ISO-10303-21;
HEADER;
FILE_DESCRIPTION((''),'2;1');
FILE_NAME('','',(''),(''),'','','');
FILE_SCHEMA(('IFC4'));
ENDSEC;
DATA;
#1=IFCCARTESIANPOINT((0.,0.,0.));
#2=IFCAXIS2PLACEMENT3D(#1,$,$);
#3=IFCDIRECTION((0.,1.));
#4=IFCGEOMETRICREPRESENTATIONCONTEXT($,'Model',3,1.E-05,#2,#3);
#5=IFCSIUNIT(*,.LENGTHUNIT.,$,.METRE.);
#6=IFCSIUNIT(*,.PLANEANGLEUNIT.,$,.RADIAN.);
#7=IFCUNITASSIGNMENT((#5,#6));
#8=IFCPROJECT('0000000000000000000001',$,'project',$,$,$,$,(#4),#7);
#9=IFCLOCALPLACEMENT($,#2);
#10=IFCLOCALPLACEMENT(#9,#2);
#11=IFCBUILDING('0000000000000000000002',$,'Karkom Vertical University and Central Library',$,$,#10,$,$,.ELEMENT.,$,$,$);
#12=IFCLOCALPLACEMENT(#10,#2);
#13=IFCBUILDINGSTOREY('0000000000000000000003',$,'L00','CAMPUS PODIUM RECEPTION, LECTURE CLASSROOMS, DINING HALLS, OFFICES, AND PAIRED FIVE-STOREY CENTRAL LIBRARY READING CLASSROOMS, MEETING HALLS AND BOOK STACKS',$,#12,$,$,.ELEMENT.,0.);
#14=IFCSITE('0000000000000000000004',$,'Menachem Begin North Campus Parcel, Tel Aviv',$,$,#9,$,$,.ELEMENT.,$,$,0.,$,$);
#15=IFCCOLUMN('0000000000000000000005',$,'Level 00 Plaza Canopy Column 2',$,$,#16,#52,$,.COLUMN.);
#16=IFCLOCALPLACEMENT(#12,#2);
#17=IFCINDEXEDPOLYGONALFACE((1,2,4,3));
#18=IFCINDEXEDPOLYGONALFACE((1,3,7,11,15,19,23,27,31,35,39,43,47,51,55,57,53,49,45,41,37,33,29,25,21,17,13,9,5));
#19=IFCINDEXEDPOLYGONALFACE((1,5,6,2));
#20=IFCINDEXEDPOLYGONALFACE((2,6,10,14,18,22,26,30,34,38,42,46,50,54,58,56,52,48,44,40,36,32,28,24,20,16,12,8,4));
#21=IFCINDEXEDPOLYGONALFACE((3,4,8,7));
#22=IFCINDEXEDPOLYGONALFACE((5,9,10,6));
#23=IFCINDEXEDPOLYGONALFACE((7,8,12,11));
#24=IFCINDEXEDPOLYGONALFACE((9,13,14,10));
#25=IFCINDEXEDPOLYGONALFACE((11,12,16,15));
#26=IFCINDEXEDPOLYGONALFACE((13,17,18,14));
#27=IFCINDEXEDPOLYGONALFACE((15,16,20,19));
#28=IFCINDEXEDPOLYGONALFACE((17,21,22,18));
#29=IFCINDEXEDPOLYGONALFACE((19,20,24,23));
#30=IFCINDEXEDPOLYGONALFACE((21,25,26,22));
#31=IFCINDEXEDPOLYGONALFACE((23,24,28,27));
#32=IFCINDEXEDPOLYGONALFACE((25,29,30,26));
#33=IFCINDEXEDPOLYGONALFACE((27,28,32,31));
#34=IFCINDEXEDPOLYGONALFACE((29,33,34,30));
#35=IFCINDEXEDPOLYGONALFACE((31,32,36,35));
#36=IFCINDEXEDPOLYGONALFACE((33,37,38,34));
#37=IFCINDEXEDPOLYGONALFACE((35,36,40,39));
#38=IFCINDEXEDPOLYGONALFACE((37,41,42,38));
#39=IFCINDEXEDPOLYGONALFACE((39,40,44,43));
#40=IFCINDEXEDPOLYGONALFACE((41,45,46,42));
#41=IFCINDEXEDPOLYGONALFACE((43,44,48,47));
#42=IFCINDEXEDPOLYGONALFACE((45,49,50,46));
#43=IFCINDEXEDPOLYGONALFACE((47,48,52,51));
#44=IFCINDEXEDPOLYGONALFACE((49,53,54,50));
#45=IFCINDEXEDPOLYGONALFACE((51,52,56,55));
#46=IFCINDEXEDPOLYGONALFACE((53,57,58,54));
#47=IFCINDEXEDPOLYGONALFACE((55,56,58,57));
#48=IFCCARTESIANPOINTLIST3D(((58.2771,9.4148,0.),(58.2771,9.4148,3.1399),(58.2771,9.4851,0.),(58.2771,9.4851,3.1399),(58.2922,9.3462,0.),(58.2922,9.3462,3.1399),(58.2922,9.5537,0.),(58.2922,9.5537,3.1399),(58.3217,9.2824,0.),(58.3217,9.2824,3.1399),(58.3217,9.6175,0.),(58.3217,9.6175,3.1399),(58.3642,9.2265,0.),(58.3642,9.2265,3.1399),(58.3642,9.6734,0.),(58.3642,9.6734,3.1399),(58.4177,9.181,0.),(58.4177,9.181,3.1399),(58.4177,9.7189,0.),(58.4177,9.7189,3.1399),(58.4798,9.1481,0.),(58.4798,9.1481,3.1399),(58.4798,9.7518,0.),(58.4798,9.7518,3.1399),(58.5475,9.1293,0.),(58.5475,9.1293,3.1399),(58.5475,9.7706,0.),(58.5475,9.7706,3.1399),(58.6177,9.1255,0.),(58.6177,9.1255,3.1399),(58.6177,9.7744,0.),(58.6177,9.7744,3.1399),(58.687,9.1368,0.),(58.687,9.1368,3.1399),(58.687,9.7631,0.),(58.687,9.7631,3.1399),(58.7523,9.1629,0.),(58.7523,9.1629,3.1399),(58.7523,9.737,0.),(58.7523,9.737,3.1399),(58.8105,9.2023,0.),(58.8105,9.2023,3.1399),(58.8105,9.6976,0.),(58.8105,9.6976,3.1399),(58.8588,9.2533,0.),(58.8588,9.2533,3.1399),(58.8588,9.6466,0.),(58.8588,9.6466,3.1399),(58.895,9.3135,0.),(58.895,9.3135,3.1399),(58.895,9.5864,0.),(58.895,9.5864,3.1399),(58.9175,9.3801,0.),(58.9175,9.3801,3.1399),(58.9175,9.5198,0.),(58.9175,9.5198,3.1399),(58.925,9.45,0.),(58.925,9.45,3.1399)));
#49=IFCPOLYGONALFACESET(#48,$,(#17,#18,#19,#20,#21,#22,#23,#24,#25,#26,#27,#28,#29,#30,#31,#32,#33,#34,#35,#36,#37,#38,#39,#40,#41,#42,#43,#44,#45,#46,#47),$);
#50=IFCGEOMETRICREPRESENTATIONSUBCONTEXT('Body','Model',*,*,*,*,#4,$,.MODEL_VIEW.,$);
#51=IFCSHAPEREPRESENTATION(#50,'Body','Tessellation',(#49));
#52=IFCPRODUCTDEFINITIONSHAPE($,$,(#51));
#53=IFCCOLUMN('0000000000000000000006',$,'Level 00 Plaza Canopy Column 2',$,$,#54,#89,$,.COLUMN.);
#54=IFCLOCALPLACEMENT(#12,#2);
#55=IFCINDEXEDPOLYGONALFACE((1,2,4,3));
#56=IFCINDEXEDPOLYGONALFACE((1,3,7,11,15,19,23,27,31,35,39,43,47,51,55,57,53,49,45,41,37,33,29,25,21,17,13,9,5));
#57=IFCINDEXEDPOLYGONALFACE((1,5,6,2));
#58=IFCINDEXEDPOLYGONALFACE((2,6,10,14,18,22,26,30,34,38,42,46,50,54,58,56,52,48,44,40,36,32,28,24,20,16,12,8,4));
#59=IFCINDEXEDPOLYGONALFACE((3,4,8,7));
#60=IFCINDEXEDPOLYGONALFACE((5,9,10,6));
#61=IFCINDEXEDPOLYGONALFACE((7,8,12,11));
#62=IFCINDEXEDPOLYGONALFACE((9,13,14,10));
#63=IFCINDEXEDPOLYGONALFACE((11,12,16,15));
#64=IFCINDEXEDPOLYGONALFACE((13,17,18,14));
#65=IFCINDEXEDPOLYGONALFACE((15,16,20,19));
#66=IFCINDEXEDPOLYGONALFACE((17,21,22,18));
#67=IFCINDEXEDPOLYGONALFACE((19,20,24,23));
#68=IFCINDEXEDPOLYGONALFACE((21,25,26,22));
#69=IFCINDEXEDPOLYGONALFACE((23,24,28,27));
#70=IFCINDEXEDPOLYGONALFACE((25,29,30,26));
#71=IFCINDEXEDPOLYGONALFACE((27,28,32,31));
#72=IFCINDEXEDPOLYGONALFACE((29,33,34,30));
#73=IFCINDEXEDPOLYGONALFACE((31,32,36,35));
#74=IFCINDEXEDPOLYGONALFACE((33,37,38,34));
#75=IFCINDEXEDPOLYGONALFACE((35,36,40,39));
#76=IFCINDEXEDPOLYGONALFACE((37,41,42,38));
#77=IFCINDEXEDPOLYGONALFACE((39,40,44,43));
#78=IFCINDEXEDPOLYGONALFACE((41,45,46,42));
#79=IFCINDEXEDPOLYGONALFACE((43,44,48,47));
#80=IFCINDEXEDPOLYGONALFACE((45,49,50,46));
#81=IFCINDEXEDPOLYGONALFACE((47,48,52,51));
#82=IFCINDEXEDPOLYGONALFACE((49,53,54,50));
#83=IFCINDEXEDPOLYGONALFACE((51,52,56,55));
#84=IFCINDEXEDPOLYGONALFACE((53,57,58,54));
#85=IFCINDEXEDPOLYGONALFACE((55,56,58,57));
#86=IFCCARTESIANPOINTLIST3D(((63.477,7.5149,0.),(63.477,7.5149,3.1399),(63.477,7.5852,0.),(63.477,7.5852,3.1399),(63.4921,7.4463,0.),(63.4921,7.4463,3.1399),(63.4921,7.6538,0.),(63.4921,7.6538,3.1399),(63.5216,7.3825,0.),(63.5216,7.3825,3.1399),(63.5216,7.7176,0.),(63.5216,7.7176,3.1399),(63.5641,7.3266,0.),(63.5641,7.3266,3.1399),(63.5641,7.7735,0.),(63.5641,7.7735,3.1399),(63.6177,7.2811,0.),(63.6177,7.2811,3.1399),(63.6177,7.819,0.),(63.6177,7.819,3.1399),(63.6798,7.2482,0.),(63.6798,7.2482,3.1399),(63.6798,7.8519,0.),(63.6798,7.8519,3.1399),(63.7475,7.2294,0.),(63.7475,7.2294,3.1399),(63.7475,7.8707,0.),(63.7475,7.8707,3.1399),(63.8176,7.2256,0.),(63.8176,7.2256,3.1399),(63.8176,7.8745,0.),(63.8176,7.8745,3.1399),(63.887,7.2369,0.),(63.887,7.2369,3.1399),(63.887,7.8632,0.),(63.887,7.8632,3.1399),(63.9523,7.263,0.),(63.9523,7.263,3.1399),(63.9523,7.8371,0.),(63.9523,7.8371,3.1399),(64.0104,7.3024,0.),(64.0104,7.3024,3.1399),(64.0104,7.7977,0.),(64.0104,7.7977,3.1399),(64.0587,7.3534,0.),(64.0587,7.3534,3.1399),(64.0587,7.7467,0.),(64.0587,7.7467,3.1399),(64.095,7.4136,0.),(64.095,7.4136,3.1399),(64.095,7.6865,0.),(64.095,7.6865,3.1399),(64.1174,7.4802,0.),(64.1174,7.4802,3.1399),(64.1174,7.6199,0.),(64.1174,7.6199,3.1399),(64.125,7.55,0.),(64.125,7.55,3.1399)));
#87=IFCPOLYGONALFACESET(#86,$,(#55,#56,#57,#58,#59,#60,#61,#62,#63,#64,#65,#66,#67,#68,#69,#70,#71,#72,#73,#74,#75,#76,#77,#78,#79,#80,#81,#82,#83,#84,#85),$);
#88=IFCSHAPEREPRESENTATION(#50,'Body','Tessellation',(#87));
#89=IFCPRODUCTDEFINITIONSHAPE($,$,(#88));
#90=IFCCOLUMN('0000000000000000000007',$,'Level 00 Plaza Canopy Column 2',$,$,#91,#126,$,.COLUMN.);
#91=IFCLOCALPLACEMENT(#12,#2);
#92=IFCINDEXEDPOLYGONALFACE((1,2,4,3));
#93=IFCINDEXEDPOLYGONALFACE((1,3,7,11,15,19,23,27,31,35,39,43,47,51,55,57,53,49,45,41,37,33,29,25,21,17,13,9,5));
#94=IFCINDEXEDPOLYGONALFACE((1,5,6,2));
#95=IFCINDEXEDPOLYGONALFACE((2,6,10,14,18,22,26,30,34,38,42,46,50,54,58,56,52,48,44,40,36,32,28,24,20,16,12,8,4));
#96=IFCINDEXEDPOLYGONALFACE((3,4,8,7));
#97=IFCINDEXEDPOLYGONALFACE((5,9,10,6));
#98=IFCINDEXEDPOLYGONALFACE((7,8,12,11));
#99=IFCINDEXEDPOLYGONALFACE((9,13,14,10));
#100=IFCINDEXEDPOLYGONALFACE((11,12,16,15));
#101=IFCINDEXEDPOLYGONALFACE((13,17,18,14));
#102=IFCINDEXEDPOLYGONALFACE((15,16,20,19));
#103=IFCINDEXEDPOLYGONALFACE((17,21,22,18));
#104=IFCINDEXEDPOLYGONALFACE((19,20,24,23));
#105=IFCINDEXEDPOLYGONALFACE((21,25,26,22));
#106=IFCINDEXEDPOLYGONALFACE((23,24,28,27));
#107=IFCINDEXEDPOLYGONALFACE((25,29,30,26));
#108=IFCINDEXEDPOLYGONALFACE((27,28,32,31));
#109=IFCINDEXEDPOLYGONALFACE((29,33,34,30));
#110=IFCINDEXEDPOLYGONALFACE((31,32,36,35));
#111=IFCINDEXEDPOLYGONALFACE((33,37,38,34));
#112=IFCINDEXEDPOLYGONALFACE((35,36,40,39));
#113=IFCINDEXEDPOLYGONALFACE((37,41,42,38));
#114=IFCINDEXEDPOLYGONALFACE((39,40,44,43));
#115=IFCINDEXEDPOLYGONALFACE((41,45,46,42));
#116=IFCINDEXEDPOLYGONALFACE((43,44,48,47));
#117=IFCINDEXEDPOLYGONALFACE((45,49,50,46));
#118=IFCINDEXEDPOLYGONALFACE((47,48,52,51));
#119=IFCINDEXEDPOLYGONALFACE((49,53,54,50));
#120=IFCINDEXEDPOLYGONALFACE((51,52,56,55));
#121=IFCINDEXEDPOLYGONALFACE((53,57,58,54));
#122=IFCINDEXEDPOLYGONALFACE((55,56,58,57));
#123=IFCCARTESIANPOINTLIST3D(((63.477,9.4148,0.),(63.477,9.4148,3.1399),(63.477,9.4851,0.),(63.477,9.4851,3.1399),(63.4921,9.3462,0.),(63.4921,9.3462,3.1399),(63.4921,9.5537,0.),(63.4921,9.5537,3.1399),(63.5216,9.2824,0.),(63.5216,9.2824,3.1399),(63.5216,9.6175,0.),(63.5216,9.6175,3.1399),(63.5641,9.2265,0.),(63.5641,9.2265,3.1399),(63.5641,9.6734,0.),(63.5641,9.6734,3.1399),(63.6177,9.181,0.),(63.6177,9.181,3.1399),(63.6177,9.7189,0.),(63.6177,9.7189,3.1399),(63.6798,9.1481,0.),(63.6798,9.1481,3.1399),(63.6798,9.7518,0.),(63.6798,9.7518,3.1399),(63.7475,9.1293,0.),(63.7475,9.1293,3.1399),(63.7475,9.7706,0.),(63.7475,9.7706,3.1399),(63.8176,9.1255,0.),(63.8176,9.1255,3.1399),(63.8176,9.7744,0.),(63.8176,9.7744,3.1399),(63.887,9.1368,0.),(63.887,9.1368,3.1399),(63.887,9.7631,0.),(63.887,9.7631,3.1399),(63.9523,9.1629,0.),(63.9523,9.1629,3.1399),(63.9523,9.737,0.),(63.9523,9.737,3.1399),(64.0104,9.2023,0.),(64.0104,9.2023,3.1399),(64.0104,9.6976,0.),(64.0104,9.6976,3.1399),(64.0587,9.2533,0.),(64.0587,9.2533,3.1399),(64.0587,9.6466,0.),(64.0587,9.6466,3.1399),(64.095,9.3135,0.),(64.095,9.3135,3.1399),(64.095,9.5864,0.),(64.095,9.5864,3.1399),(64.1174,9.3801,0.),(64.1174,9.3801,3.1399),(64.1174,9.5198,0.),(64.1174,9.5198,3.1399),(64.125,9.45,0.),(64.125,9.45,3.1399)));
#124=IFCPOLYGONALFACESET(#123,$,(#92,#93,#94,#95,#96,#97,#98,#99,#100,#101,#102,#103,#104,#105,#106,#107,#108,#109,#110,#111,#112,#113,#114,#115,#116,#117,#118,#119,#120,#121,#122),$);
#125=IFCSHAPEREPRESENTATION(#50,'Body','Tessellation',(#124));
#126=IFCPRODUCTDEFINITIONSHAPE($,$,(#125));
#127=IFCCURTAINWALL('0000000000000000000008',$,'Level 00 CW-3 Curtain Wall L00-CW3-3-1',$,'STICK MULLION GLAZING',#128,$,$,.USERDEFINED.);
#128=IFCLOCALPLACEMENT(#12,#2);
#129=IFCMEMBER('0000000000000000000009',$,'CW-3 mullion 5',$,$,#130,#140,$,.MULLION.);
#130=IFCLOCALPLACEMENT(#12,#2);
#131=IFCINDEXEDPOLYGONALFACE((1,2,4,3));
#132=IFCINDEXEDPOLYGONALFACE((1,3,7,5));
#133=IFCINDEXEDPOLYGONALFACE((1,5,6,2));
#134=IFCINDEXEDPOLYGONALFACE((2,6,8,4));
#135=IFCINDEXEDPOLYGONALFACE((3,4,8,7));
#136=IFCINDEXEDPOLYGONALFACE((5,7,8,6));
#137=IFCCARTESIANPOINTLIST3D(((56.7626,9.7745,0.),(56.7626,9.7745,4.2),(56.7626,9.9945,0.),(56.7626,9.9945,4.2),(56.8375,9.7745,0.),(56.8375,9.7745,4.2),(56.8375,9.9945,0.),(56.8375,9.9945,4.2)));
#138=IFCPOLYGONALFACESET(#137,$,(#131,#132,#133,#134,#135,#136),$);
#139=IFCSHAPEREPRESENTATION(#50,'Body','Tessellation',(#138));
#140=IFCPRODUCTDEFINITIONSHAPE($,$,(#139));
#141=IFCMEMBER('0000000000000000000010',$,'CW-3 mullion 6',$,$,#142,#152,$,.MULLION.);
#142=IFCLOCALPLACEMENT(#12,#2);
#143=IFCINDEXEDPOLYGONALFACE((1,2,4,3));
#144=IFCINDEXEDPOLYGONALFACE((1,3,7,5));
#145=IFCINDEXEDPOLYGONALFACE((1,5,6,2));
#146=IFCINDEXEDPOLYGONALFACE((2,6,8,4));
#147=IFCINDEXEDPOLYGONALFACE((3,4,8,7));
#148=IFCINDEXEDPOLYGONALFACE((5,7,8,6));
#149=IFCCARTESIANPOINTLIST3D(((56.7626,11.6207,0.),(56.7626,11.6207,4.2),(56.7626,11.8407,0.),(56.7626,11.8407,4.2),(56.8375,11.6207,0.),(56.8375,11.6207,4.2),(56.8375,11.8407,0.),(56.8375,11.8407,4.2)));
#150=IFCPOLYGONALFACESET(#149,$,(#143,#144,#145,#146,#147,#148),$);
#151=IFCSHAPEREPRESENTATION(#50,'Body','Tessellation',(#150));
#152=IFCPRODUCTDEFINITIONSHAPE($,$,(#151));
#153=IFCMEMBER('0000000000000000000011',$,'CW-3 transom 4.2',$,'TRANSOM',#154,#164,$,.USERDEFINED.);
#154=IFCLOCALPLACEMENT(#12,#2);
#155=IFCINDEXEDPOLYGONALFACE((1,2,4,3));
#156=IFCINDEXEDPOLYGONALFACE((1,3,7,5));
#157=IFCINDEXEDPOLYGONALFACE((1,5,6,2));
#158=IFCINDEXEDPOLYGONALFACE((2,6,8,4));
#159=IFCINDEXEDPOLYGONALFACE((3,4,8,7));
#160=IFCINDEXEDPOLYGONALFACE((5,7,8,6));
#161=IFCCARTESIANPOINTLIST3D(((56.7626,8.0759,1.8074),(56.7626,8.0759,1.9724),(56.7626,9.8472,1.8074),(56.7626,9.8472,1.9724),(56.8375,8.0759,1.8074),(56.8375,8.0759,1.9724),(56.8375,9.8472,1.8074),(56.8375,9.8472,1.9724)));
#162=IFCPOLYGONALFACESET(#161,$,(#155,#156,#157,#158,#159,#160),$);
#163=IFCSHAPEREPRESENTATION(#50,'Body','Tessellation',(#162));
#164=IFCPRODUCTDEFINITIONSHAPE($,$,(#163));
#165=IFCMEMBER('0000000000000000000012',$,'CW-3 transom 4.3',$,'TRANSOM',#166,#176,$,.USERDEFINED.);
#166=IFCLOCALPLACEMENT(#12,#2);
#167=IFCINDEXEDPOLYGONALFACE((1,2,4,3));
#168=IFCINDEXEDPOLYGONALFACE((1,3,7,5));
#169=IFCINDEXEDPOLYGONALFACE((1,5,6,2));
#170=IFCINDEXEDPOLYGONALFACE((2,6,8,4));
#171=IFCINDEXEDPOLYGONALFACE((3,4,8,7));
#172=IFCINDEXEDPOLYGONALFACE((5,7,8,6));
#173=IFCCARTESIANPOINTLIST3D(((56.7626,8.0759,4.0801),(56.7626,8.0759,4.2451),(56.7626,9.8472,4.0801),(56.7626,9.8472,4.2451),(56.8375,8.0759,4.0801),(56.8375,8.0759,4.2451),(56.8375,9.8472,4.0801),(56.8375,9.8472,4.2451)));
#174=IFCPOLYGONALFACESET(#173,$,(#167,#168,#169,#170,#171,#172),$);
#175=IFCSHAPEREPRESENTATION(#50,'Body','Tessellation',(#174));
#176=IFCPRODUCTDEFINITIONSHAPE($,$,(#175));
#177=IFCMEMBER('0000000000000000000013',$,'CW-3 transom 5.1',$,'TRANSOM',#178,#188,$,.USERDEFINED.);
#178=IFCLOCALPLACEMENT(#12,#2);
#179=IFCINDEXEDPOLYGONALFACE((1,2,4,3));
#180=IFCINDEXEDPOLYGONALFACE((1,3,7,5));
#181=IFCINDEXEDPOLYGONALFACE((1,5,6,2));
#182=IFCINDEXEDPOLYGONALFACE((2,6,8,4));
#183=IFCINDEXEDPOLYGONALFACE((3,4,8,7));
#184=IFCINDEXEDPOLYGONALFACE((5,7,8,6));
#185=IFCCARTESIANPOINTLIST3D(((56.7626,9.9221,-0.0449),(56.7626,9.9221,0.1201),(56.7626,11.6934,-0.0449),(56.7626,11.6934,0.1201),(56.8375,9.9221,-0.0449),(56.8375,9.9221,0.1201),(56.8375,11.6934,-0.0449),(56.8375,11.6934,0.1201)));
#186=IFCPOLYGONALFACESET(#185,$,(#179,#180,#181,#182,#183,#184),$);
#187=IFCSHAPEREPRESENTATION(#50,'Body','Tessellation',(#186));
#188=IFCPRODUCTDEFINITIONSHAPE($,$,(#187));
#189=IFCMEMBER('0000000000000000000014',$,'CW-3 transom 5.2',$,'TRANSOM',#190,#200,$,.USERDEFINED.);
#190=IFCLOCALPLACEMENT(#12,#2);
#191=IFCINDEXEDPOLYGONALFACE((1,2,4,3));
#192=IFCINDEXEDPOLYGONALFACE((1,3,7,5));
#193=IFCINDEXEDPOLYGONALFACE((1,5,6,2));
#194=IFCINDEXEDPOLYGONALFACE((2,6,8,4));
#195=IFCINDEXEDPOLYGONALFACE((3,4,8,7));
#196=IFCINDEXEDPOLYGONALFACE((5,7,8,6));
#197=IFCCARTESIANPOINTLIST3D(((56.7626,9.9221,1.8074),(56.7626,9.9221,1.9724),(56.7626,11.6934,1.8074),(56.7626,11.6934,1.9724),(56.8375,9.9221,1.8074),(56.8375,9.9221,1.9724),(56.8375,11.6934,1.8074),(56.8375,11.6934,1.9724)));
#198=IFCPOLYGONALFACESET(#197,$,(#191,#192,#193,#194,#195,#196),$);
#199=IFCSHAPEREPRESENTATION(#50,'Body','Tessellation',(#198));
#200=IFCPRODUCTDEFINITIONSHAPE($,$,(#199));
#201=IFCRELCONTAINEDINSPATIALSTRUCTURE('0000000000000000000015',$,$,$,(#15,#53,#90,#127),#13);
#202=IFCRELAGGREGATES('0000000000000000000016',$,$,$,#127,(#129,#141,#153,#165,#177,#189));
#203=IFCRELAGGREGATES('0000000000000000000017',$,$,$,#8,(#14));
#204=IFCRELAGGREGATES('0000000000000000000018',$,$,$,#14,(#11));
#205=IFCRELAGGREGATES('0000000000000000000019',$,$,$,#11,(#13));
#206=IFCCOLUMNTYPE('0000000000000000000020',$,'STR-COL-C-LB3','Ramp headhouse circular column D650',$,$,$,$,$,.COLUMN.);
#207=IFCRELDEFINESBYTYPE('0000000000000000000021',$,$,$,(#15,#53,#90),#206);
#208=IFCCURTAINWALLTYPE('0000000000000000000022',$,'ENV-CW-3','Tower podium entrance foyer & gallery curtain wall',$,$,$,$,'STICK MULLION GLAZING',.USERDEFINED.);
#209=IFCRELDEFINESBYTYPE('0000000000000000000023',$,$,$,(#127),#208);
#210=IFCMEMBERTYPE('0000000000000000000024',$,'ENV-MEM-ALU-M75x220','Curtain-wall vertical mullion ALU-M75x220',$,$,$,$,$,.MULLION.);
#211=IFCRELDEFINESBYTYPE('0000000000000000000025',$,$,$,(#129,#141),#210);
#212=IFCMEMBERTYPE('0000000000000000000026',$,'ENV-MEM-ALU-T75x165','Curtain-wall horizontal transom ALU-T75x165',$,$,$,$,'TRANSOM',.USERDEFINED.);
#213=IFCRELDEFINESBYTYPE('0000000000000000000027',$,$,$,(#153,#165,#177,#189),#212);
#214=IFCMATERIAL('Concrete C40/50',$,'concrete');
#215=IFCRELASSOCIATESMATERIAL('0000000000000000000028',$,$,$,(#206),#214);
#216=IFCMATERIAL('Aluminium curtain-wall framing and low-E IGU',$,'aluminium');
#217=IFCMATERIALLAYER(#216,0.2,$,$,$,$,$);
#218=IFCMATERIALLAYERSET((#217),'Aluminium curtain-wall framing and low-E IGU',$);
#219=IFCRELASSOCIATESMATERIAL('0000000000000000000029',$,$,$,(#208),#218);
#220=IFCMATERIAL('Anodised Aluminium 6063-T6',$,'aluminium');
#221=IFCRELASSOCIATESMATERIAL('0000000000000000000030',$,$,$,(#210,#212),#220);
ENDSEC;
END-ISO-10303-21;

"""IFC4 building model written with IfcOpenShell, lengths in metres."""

from ifc_helpers import new_model, si_unit, direction, frame, origin, origin_with_axes, origin_2d, place, context, subcontext, project, spatial, rectangle, circle, extrude, source, transform, mapped, material, layer, layer_set, material_profile, profile_set, type_object, element, aggregate, save


model = new_model("IFC4")

# Units and contexts
model_context = context("Model", 3, precision=1e-05, world=origin(), true_north=direction((0.0, 1.0)))
body_context = subcontext(model_context, "Body", "Model", "MODEL_VIEW")
ifc_project = project(units=[si_unit("LENGTHUNIT", "METRE"), si_unit("PLANEANGLEUNIT", "RADIAN")], contexts=[model_context])

# Site, building, storey
site_placement = place(None, origin())
site = spatial("IfcSite", under=ifc_project, at=site_placement, Name="Menachem Begin North Campus Parcel, Tel Aviv", CompositionType="ELEMENT", RefElevation=0.0)
building_placement = place(site_placement, origin())
building = spatial("IfcBuilding", under=site, at=building_placement, Name="Karkom Vertical University and Central Library", CompositionType="ELEMENT")
storey_placement = place(building_placement, origin())
storey = spatial("IfcBuildingStorey", under=building, at=storey_placement, Name="L00", Description="CAMPUS PODIUM RECEPTION, LECTURE CLASSROOMS, DINING HALLS, OFFICES, AND PAIRED FIVE-STOREY CENTRAL LIBRARY READING CLASSROOMS, MEETING HALLS AND BOOK STACKS", CompositionType="ELEMENT", Elevation=0.0)

# Columns
ifc_material_1 = material(Name="Concrete C40/50", Category="concrete")
ifc_material_profile_1 = material_profile(ifc_material_1, circle(Radius=0.325, at=origin_2d()), Name="RC-D650")
ifc_profile_set_1 = profile_set([ifc_material_profile_1], Name="Concrete C40/50")
column_type = type_object("IfcColumnType", Name="STR-COL-C-LB3", Description="Ramp headhouse circular column D650", PredefinedType="COLUMN", material=ifc_profile_set_1)
shared_shape_1 = source(origin_with_axes(), body_context, "Body", "SweptSolid", [
    extrude(circle(Radius=0.325, at=origin_2d()), origin(), (0.0, 0.0, 1.0), 3.1399),
])
for number, where, z_axis, x_axis, name in (
    (1, (58.6001, 9.45, 0.0), (0.0, 0.0, 1.0), (1.0, 0.0, 0.0), "Level 00 Plaza Canopy Column 2"),
    (2, (63.8, 7.55, 0.0), (0.0, 0.0, 1.0), (1.0, 0.0, 0.0), "Level 00 Plaza Canopy Column 2"),
    (3, (63.8, 9.45, 0.0), (0.0, 0.0, 1.0), (1.0, 0.0, 0.0), "Level 00 Plaza Canopy Column 2"),
):
    element("IfcColumn", number, at=place(storey_placement, frame(where, z_axis=z_axis, x_axis=x_axis)), inside=storey, type_object=column_type, Name=name, PredefinedType="COLUMN", context=body_context, shape_type="MappedRepresentation", body=[
        mapped(shared_shape_1, transform((0.0, 0.0, 0.0), scale=1.0)),
    ])

# Curtain wall, members
ifc_material_2 = material(Name="Aluminium curtain-wall framing and low-E IGU", Category="aluminium")
ifc_layer_1 = layer(ifc_material_2, 0.2)
ifc_layer_set_1 = layer_set([ifc_layer_1], Name="Aluminium curtain-wall framing and low-E IGU")
curtain_wall_type = type_object("IfcCurtainWallType", Name="ENV-CW-3", Description="Tower podium entrance foyer & gallery curtain wall", ElementType="STICK MULLION GLAZING", PredefinedType="USERDEFINED", material=ifc_layer_set_1)
curtain_wall_placement = place(storey_placement, origin())
curtain_wall = element("IfcCurtainWall", 4, at=curtain_wall_placement, inside=storey, type_object=curtain_wall_type, Name="Level 00 CW-3 Curtain Wall L00-CW3-3-1", ObjectType="STICK MULLION GLAZING", PredefinedType="USERDEFINED")
ifc_material_3 = material(Name="Anodised Aluminium 6063-T6", Category="aluminium")
ifc_material_profile_2 = material_profile(ifc_material_3, rectangle(XDim=0.075, YDim=0.22, at=origin_2d()), Name="ALU-M75x220")
ifc_profile_set_2 = profile_set([ifc_material_profile_2], Name="Anodised Aluminium 6063-T6")
member_type_1 = type_object("IfcMemberType", Name="ENV-MEM-ALU-M75x220", Description="Curtain-wall vertical mullion ALU-M75x220", PredefinedType="MULLION", material=ifc_profile_set_2)
shared_shape_2 = source(origin_with_axes(), body_context, "Body", "SweptSolid", [
    extrude(rectangle(XDim=0.075, YDim=0.22, at=origin_2d()), origin(), (0.0, 0.0, 1.0), 4.2),
])
member_1_placement = place(storey_placement, frame((56.8, 9.8845, 0.0), z_axis=(0.0, 0.0, 1.0), x_axis=(-1.0, 0.0, 0.0)))
member_1 = element("IfcMember", 5, at=member_1_placement, type_object=member_type_1, Name="CW-3 mullion 5", PredefinedType="MULLION", context=body_context, shape_type="MappedRepresentation", body=[
    mapped(shared_shape_2, transform((0.0, 0.0, 0.0), scale=1.0)),
])
member_2_placement = place(storey_placement, frame((56.8, 11.7307, 0.0), z_axis=(0.0, 0.0, 1.0), x_axis=(-1.0, 0.0, 0.0)))
member_2 = element("IfcMember", 6, at=member_2_placement, type_object=member_type_1, Name="CW-3 mullion 6", PredefinedType="MULLION", context=body_context, shape_type="MappedRepresentation", body=[
    mapped(shared_shape_2, transform((0.0, 0.0, 0.0), scale=1.0)),
])
ifc_material_profile_3 = material_profile(ifc_material_3, rectangle(XDim=0.075, YDim=0.165, at=origin_2d()), Name="ALU-T75x165")
ifc_profile_set_3 = profile_set([ifc_material_profile_3], Name="Anodised Aluminium 6063-T6")
member_type_2 = type_object("IfcMemberType", Name="ENV-MEM-ALU-T75x165", Description="Curtain-wall horizontal transom ALU-T75x165", ElementType="TRANSOM", PredefinedType="USERDEFINED", material=ifc_profile_set_3)
shared_shape_3 = source(origin_with_axes(), body_context, "Body", "SweptSolid", [
    extrude(rectangle(XDim=0.075, YDim=0.165, at=origin_2d()), origin(), (0.0, 0.0, 1.0), 1.7712),
])
member_3_placement = place(storey_placement, frame((56.8, 8.0759, 1.8899), z_axis=(0.0, 1.0, 0.0), x_axis=(-1.0, 0.0, 0.0)))
member_3 = element("IfcMember", 7, at=member_3_placement, type_object=member_type_2, Name="CW-3 transom 4.2", ObjectType="TRANSOM", PredefinedType="USERDEFINED", context=body_context, shape_type="MappedRepresentation", body=[
    mapped(shared_shape_3, transform((0.0, 0.0, 0.0), scale=1.0)),
])
member_4_placement = place(storey_placement, frame((56.8, 8.0759, 4.1626), z_axis=(0.0, 1.0, 0.0), x_axis=(-1.0, 0.0, 0.0)))
member_4 = element("IfcMember", 8, at=member_4_placement, type_object=member_type_2, Name="CW-3 transom 4.3", ObjectType="TRANSOM", PredefinedType="USERDEFINED", context=body_context, shape_type="MappedRepresentation", body=[
    mapped(shared_shape_3, transform((0.0, 0.0, 0.0), scale=1.0)),
])
member_5_placement = place(storey_placement, frame((56.8, 9.9221, 0.0376), z_axis=(0.0, 1.0, 0.0), x_axis=(-1.0, 0.0, 0.0)))
member_5 = element("IfcMember", 9, at=member_5_placement, type_object=member_type_2, Name="CW-3 transom 5.1", ObjectType="TRANSOM", PredefinedType="USERDEFINED", context=body_context, shape_type="MappedRepresentation", body=[
    mapped(shared_shape_3, transform((0.0, 0.0, 0.0), scale=1.0)),
])
member_6_placement = place(storey_placement, frame((56.8, 9.9221, 1.8899), z_axis=(0.0, 1.0, 0.0), x_axis=(-1.0, 0.0, 0.0)))
member_6 = element("IfcMember", 10, at=member_6_placement, type_object=member_type_2, Name="CW-3 transom 5.2", ObjectType="TRANSOM", PredefinedType="USERDEFINED", context=body_context, shape_type="MappedRepresentation", body=[
    mapped(shared_shape_3, transform((0.0, 0.0, 0.0), scale=1.0)),
])
aggregate(curtain_wall, [member_1, member_2, member_3, member_4, member_5, member_6])

save(model, "model.ifc")
